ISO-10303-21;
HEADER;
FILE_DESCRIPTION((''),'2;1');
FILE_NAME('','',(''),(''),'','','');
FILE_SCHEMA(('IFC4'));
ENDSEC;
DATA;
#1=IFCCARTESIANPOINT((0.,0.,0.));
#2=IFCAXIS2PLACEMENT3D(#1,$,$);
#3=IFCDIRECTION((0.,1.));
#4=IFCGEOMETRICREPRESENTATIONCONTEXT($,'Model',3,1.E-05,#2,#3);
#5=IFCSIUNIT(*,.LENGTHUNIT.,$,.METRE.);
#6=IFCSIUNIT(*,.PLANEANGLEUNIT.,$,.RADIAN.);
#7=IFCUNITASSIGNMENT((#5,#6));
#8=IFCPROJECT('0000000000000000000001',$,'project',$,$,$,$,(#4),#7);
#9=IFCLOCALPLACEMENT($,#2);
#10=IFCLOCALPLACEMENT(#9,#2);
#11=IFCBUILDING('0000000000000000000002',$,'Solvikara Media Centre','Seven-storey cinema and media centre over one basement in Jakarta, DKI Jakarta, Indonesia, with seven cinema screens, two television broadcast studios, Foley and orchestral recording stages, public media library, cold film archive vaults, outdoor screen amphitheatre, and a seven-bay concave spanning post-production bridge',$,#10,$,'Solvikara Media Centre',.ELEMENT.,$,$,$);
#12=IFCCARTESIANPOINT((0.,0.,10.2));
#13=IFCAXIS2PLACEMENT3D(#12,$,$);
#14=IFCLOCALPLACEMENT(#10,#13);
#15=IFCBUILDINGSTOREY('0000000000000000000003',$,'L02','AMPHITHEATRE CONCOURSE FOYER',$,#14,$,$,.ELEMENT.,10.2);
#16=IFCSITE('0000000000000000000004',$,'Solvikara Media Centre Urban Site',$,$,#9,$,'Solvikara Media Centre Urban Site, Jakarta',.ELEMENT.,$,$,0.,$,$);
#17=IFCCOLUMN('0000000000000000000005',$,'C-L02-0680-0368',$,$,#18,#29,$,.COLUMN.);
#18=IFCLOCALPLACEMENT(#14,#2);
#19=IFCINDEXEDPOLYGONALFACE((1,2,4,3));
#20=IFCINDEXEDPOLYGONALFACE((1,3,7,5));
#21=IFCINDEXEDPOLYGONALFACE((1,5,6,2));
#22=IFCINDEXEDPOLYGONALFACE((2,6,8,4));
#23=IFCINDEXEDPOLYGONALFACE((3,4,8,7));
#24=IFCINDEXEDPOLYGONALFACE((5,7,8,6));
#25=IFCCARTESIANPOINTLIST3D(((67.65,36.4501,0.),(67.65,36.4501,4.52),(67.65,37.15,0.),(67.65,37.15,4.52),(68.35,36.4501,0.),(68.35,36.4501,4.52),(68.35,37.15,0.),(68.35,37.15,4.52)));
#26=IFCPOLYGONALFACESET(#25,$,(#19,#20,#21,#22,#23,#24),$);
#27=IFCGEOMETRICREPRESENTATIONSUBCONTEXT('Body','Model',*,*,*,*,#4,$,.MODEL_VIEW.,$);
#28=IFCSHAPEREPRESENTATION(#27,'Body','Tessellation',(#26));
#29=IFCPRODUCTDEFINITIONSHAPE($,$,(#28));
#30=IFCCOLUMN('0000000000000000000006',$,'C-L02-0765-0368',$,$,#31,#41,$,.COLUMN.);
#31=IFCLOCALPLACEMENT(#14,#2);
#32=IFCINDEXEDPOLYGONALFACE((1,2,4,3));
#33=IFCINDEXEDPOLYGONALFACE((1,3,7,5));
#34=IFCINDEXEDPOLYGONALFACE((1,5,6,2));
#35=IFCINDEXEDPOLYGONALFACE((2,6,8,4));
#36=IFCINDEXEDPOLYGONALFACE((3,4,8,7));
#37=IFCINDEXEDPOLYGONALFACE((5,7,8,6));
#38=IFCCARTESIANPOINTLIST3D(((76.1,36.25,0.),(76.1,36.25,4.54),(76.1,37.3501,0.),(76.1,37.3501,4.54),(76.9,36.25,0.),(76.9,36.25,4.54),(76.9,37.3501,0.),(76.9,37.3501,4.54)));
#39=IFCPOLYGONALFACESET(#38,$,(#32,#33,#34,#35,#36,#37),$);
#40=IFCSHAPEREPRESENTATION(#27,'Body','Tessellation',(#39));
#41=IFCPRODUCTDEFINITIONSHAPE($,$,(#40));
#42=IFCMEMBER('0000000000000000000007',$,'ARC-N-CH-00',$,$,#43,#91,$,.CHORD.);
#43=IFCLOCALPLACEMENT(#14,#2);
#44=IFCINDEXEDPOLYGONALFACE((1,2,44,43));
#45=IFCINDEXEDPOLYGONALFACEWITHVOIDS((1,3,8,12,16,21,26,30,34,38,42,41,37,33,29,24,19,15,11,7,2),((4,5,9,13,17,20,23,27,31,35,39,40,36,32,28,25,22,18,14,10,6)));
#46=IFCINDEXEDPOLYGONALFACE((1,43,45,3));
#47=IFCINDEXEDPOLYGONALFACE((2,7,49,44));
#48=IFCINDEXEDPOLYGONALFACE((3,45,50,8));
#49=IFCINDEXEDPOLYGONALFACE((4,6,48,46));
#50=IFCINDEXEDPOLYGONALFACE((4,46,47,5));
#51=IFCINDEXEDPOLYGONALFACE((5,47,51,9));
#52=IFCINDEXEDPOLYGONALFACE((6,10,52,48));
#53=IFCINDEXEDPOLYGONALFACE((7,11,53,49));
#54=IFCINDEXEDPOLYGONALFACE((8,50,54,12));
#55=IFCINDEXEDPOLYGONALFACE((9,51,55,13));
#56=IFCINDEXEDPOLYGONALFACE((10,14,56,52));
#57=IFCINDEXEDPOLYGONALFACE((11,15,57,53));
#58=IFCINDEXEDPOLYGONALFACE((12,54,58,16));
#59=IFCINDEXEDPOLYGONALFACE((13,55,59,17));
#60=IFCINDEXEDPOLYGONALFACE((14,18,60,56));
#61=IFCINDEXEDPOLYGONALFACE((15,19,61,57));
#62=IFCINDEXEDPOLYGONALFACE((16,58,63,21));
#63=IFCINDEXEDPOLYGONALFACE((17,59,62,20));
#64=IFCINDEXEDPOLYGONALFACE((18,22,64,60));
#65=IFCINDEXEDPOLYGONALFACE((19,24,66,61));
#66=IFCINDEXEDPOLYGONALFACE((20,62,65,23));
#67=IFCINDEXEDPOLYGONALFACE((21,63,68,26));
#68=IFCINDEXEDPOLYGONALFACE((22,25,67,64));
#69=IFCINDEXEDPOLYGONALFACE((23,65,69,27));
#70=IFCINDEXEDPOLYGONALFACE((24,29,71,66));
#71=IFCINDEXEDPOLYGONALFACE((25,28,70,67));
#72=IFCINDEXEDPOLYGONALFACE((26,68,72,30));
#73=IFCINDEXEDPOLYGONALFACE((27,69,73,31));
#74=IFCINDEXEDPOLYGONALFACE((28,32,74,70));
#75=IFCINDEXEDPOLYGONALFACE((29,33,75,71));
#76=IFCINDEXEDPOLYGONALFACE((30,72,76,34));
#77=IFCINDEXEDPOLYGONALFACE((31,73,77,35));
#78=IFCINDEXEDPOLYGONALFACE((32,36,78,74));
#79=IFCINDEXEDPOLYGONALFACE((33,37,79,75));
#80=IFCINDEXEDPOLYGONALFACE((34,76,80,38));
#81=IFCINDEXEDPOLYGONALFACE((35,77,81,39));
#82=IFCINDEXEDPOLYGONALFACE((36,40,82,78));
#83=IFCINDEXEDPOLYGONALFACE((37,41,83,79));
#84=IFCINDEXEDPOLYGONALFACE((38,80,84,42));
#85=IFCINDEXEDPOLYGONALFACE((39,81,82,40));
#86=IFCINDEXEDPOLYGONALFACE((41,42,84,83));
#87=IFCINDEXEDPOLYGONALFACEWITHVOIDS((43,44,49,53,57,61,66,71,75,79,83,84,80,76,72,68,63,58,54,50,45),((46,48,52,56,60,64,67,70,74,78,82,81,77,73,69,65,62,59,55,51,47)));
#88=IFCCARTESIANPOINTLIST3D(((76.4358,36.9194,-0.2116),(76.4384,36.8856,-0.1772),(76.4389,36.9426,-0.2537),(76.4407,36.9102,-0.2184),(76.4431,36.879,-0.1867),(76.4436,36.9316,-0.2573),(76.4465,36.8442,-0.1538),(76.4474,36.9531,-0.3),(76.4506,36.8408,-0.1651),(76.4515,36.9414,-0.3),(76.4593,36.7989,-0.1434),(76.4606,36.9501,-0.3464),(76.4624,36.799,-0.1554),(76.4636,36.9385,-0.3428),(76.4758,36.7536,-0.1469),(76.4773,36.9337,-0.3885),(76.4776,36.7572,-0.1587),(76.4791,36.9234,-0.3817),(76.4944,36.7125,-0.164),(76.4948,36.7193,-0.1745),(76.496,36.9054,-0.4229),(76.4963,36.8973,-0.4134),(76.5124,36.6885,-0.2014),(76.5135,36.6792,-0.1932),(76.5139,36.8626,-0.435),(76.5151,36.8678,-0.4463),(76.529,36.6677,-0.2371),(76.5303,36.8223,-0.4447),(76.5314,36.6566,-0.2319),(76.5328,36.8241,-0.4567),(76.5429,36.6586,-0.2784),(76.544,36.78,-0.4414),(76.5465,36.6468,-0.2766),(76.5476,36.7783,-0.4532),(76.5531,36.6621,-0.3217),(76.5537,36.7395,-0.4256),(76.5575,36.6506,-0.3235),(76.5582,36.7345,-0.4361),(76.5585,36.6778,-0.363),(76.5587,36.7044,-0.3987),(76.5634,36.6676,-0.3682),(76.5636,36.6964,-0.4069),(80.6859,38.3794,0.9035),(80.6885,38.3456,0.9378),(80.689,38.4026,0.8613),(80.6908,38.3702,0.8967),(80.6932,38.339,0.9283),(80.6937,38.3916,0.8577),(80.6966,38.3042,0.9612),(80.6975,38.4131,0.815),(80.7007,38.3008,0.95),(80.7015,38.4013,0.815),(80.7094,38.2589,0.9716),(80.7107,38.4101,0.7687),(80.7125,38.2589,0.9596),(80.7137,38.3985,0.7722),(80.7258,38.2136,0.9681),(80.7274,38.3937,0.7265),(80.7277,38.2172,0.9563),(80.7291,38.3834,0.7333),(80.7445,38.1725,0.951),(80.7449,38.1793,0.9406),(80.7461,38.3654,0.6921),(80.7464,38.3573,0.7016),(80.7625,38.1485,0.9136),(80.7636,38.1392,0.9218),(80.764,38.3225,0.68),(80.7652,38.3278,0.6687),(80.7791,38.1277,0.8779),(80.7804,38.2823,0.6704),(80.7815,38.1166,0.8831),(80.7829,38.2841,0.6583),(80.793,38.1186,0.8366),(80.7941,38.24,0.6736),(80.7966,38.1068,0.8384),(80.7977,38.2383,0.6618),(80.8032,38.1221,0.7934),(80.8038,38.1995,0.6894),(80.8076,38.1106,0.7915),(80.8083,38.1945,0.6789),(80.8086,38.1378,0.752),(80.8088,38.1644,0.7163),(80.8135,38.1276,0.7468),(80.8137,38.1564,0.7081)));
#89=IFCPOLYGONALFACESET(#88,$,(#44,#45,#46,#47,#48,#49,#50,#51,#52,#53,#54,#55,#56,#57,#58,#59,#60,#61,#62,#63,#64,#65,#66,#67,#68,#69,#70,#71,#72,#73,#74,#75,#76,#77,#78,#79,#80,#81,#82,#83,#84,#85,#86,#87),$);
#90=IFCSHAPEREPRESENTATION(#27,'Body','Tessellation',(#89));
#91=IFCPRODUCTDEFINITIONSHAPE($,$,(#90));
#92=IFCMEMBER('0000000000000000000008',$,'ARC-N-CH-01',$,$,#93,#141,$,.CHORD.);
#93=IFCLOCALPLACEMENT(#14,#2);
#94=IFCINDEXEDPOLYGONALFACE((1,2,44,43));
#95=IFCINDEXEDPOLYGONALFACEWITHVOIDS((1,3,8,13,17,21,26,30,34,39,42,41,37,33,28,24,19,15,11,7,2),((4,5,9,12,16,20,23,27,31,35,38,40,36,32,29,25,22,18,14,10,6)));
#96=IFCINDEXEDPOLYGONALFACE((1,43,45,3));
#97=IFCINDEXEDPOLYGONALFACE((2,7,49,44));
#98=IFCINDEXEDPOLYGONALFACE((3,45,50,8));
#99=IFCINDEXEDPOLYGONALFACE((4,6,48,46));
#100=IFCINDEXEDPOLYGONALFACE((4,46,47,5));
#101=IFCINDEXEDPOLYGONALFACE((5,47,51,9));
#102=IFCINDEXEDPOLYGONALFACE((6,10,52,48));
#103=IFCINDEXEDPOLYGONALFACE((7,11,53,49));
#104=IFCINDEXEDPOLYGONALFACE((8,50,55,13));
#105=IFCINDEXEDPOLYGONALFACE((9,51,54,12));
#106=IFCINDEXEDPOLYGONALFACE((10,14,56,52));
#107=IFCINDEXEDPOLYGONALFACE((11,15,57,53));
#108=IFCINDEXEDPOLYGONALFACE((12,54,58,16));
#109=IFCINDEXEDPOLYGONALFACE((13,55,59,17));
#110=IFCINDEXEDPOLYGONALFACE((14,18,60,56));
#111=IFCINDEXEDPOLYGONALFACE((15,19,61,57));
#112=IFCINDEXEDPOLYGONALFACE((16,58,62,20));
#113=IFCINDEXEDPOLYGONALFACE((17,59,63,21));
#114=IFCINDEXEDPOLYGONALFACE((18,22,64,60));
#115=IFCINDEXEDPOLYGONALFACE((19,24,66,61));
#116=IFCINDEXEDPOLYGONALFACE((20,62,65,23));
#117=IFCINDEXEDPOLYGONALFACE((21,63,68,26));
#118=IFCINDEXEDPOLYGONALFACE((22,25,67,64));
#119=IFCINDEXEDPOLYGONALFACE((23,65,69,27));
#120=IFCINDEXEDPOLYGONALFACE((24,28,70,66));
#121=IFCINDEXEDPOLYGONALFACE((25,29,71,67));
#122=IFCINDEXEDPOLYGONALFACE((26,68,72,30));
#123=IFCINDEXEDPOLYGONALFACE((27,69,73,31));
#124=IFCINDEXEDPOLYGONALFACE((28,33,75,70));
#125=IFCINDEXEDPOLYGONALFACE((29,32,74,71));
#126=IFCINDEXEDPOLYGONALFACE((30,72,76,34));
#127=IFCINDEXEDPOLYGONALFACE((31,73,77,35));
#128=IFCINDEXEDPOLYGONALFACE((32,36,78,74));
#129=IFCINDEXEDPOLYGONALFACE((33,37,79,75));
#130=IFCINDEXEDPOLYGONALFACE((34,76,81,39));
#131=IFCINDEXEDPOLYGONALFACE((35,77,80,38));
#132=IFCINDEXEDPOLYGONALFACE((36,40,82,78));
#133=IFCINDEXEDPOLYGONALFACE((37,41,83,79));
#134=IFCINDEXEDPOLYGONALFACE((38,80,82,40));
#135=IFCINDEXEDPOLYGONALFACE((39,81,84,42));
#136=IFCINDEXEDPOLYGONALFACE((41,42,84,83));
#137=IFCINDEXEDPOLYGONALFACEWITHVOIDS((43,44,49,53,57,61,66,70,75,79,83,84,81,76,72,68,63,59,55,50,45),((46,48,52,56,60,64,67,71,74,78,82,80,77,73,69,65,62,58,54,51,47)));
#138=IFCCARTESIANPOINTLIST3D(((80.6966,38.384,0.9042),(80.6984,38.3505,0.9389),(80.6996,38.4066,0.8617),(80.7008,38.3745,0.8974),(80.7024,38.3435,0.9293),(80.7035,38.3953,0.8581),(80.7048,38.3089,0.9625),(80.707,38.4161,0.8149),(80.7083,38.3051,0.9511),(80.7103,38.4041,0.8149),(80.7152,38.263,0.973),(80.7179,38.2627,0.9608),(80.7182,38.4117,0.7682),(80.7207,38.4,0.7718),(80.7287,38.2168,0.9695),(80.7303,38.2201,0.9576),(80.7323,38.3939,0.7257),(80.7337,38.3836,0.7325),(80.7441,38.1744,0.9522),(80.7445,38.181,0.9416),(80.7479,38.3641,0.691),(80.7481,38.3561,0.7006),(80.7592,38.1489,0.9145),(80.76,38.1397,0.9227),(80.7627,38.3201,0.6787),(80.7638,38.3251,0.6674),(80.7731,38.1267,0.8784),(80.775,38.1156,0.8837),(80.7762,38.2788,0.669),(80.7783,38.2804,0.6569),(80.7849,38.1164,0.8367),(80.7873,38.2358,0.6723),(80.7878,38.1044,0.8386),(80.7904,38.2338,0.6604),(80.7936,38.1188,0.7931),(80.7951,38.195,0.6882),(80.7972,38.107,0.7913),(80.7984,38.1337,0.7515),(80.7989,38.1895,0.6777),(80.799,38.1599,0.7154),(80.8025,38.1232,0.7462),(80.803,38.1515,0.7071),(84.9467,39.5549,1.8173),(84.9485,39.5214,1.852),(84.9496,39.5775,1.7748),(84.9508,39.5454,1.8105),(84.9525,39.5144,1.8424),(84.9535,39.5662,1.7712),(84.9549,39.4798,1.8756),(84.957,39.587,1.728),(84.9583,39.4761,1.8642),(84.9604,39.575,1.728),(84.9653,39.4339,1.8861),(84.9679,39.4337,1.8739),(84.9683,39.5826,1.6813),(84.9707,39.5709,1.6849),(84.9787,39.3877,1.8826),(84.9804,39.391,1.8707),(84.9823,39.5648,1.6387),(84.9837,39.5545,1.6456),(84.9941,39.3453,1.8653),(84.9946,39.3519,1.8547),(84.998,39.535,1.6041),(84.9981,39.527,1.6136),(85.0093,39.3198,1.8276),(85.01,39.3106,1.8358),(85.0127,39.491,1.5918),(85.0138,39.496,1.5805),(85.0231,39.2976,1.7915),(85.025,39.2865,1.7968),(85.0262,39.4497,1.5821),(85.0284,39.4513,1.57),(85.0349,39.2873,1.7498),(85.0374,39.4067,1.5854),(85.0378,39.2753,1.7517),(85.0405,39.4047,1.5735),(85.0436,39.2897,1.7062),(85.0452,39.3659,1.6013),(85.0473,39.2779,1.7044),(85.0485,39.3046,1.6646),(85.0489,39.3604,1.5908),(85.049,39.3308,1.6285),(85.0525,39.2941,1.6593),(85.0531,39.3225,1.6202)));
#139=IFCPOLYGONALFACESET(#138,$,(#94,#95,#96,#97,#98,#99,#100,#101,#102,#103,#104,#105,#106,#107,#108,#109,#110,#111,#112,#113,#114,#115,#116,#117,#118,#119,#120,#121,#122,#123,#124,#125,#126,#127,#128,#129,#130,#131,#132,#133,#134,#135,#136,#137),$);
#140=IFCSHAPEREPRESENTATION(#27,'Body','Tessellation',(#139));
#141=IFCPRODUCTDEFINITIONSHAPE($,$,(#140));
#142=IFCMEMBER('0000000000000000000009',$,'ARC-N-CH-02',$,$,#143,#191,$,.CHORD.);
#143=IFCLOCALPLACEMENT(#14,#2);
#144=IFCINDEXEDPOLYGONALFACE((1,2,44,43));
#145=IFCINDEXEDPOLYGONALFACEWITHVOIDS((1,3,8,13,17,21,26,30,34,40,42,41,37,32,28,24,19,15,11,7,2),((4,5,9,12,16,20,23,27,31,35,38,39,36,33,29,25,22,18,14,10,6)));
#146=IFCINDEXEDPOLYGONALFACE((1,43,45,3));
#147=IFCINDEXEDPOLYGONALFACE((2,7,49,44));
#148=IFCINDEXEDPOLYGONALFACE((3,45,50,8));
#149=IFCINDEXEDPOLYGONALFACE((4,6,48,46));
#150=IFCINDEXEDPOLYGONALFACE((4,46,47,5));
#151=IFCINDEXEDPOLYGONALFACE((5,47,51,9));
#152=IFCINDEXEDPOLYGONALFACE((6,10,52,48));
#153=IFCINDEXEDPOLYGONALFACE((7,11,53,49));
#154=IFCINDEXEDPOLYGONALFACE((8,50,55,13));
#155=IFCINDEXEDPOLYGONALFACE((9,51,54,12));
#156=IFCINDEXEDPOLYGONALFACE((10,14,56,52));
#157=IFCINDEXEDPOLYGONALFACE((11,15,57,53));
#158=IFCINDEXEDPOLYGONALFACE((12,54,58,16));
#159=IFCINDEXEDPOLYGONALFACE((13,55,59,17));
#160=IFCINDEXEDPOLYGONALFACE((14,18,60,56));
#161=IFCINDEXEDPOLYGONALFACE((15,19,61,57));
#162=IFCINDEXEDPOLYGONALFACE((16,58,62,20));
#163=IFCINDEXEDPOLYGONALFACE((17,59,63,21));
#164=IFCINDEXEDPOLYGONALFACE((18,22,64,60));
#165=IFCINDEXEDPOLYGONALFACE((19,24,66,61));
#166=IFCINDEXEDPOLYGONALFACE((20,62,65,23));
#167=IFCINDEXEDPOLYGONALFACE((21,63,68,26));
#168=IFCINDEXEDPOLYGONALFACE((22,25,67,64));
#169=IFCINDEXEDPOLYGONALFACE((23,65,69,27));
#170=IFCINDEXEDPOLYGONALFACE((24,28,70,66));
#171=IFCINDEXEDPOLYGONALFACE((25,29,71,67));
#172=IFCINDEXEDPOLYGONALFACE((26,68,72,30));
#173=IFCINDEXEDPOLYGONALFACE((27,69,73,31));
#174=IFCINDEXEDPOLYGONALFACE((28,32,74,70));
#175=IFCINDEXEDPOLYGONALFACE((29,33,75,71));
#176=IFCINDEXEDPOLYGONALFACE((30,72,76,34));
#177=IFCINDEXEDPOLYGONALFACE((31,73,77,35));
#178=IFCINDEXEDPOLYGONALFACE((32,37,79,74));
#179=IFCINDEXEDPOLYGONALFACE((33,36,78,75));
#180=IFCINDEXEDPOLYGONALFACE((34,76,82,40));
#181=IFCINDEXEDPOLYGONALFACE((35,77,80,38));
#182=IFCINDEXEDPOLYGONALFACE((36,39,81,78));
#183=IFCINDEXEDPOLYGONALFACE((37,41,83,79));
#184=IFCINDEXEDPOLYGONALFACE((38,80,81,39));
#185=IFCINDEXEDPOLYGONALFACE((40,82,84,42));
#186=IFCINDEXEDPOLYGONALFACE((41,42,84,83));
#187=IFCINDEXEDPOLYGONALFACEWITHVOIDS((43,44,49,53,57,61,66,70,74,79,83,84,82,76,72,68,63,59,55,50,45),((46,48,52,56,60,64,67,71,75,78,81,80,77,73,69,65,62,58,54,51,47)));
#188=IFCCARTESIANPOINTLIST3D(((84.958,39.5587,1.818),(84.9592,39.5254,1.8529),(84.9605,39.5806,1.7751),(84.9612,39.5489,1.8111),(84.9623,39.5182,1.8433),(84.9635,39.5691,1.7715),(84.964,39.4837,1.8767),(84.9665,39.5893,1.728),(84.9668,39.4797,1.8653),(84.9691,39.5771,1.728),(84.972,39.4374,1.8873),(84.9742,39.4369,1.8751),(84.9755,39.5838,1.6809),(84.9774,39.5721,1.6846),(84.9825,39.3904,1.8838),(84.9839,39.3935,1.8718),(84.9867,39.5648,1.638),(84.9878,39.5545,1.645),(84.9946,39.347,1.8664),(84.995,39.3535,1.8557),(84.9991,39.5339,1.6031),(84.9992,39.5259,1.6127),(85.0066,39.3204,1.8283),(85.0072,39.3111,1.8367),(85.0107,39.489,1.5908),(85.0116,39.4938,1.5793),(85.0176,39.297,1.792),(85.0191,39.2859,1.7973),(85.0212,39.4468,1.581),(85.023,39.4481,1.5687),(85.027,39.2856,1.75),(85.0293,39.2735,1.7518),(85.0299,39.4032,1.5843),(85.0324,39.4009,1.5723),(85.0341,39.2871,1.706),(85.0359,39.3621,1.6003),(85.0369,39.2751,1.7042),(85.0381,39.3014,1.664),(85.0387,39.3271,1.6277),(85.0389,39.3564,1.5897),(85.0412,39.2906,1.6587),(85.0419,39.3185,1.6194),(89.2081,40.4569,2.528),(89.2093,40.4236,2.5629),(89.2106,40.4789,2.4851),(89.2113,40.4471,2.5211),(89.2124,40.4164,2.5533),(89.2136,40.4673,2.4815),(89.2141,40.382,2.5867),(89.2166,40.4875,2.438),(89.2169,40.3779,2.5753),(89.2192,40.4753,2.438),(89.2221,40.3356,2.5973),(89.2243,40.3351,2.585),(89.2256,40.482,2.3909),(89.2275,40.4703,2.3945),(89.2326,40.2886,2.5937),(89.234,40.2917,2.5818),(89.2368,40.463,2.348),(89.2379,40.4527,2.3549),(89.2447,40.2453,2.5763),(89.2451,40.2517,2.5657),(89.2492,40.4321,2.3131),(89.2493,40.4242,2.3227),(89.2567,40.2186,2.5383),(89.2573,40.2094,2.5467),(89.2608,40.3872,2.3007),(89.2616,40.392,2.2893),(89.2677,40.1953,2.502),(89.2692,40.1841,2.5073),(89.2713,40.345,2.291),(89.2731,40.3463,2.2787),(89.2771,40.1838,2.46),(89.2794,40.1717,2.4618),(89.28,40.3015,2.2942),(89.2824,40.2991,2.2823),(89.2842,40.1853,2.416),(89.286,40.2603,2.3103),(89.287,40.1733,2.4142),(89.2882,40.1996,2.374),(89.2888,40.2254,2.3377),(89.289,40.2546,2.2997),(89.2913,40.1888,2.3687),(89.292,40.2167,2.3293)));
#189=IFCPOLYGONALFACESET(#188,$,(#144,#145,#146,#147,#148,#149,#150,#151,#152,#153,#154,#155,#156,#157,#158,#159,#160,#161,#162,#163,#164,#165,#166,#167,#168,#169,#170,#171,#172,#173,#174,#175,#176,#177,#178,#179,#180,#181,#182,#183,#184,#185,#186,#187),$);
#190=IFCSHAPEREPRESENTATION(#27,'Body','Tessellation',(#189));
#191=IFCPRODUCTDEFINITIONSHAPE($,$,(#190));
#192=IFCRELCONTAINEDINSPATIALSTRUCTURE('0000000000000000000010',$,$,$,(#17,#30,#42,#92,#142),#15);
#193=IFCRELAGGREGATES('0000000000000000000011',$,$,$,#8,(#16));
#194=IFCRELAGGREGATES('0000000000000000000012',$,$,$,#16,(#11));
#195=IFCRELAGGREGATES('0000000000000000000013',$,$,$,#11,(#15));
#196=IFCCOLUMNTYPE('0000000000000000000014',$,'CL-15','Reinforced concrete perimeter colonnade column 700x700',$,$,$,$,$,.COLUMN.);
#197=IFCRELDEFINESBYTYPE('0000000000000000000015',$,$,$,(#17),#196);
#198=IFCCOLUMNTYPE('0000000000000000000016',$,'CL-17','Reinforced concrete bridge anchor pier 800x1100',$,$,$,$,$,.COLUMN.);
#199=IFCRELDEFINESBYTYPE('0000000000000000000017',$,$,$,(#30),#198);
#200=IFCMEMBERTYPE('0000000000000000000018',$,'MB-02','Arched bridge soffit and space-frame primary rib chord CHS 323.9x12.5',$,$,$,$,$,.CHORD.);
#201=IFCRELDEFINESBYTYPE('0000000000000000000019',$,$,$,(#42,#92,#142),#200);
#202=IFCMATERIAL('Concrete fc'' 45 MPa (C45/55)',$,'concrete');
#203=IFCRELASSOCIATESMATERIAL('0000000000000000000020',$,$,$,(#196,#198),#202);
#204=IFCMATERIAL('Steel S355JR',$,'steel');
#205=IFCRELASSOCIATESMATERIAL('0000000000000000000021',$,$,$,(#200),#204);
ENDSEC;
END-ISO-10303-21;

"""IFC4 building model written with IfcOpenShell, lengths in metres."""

from ifc_helpers import new_model, si_unit, direction, frame, origin, origin_2d, place, context, subcontext, project, spatial, rectangle, hollow_circle, extrude, material, material_profile, profile_set, type_object, element, save


model = new_model("IFC4")

# Units and contexts
model_context = context("Model", 3, precision=1e-05, world=origin(), true_north=direction((0.0, 1.0)))
body_context = subcontext(model_context, "Body", "Model", "MODEL_VIEW")
ifc_project = project(units=[si_unit("LENGTHUNIT", "METRE"), si_unit("PLANEANGLEUNIT", "RADIAN")], contexts=[model_context])

# Site, building, storey
site_placement = place(None, origin())
site = spatial("IfcSite", under=ifc_project, at=site_placement, Name="Solvikara Media Centre Urban Site", LongName="Solvikara Media Centre Urban Site, Jakarta", CompositionType="ELEMENT", RefElevation=0.0)
building_placement = place(site_placement, origin())
building = spatial("IfcBuilding", under=site, at=building_placement, Name="Solvikara Media Centre", Description="Seven-storey cinema and media centre over one basement in Jakarta, DKI Jakarta, Indonesia, with seven cinema screens, two television broadcast studios, Foley and orchestral recording stages, public media library, cold film archive vaults, outdoor screen amphitheatre, and a seven-bay concave spanning post-production bridge", LongName="Solvikara Media Centre", CompositionType="ELEMENT")
storey_placement = place(building_placement, frame((0.0, 0.0, 10.2)))
storey = spatial("IfcBuildingStorey", under=building, at=storey_placement, Name="L02", Description="AMPHITHEATRE CONCOURSE FOYER", CompositionType="ELEMENT", Elevation=10.2)

# Columns
ifc_material_1 = material(Name="Concrete fc' 45 MPa (C45/55)", Category="concrete")
ifc_material_profile_1 = material_profile(ifc_material_1, rectangle(XDim=0.7, YDim=0.7, at=origin_2d()), Name="RC 700x700")
ifc_profile_set_1 = profile_set([ifc_material_profile_1], Name="Concrete fc' 45 MPa (C45/55)")
column_type_1 = type_object("IfcColumnType", Name="CL-15", Description="Reinforced concrete perimeter colonnade column 700x700", PredefinedType="COLUMN", material=ifc_profile_set_1)
column_1_placement = place(storey_placement, frame((68.0, 36.8, 0.0), z_axis=(0.0, 0.0, 1.0), x_axis=(1.0, 0.0, 0.0)))
element("IfcColumn", 1, at=column_1_placement, inside=storey, type_object=column_type_1, Name="C-L02-0680-0368", PredefinedType="COLUMN", context=body_context, shape_type="SweptSolid", body=[
    extrude(rectangle(XDim=0.7, YDim=0.7, at=origin_2d()), origin(), (0.0, 0.0, 1.0), 4.52),
])
ifc_material_profile_2 = material_profile(ifc_material_1, rectangle(XDim=0.8, YDim=1.1001, at=origin_2d()), Name="RC 800x1100")
ifc_profile_set_2 = profile_set([ifc_material_profile_2], Name="Concrete fc' 45 MPa (C45/55)")
column_type_2 = type_object("IfcColumnType", Name="CL-17", Description="Reinforced concrete bridge anchor pier 800x1100", PredefinedType="COLUMN", material=ifc_profile_set_2)
column_2_placement = place(storey_placement, frame((76.5, 36.8, 0.0), z_axis=(0.0, 0.0, 1.0), x_axis=(1.0, 0.0, 0.0)))
element("IfcColumn", 2, at=column_2_placement, inside=storey, type_object=column_type_2, Name="C-L02-0765-0368", PredefinedType="COLUMN", context=body_context, shape_type="SweptSolid", body=[
    extrude(rectangle(XDim=0.8, YDim=1.1001, at=origin_2d()), origin(), (0.0, 0.0, 1.0), 4.54),
])

# Members
ifc_material_2 = material(Name="Steel S355JR", Category="steel")
ifc_material_profile_3 = material_profile(ifc_material_2, hollow_circle(Radius=0.1619, WallThickness=0.0125, at=origin_2d()), Name="CHS 323.9x12.5")
ifc_profile_set_3 = profile_set([ifc_material_profile_3], Name="Steel S355JR")
member_type_1 = type_object("IfcMemberType", Name="MB-02", Description="Arched bridge soffit and space-frame primary rib chord CHS 323.9x12.5", PredefinedType="CHORD", material=ifc_profile_set_3)
member_1_placement = place(storey_placement, frame((76.5, 36.8, -0.3), z_axis=(0.91792, 0.315324, 0.240817), x_axis=(-0.324885, 0.945753, 0.0)))
element("IfcMember", 3, at=member_1_placement, inside=storey, type_object=member_type_1, Name="ARC-N-CH-00", PredefinedType="CHORD", context=body_context, shape_type="SweptSolid", body=[
    extrude(hollow_circle(Radius=0.1619, WallThickness=0.0125, at=origin_2d()), origin(), (0.0, 0.0, 1.0), 4.6301),
])
member_2_placement = place(storey_placement, frame((80.75, 38.26, 0.8149), z_axis=(0.944043, 0.260089, 0.202822), x_axis=(-0.26561, 0.964081, 0.0)))
element("IfcMember", 4, at=member_2_placement, inside=storey, type_object=member_type_1, Name="ARC-N-CH-01", PredefinedType="CHORD", context=body_context, shape_type="SweptSolid", body=[
    extrude(hollow_circle(Radius=0.1619, WallThickness=0.0125, at=origin_2d()), origin(), (0.0, 0.0, 1.0), 4.502),
])
member_3_placement = place(storey_placement, frame((85.0, 39.4309, 1.728), z_axis=(0.965578, 0.204065, 0.161299), x_axis=(-0.206772, 0.978389, 0.0)))
element("IfcMember", 5, at=member_3_placement, inside=storey, type_object=member_type_1, Name="ARC-N-CH-02", PredefinedType="CHORD", context=body_context, shape_type="SweptSolid", body=[
    extrude(hollow_circle(Radius=0.1619, WallThickness=0.0125, at=origin_2d()), origin(), (0.0, 0.0, 1.0), 4.4016),
])

save(model, "model.ifc")
